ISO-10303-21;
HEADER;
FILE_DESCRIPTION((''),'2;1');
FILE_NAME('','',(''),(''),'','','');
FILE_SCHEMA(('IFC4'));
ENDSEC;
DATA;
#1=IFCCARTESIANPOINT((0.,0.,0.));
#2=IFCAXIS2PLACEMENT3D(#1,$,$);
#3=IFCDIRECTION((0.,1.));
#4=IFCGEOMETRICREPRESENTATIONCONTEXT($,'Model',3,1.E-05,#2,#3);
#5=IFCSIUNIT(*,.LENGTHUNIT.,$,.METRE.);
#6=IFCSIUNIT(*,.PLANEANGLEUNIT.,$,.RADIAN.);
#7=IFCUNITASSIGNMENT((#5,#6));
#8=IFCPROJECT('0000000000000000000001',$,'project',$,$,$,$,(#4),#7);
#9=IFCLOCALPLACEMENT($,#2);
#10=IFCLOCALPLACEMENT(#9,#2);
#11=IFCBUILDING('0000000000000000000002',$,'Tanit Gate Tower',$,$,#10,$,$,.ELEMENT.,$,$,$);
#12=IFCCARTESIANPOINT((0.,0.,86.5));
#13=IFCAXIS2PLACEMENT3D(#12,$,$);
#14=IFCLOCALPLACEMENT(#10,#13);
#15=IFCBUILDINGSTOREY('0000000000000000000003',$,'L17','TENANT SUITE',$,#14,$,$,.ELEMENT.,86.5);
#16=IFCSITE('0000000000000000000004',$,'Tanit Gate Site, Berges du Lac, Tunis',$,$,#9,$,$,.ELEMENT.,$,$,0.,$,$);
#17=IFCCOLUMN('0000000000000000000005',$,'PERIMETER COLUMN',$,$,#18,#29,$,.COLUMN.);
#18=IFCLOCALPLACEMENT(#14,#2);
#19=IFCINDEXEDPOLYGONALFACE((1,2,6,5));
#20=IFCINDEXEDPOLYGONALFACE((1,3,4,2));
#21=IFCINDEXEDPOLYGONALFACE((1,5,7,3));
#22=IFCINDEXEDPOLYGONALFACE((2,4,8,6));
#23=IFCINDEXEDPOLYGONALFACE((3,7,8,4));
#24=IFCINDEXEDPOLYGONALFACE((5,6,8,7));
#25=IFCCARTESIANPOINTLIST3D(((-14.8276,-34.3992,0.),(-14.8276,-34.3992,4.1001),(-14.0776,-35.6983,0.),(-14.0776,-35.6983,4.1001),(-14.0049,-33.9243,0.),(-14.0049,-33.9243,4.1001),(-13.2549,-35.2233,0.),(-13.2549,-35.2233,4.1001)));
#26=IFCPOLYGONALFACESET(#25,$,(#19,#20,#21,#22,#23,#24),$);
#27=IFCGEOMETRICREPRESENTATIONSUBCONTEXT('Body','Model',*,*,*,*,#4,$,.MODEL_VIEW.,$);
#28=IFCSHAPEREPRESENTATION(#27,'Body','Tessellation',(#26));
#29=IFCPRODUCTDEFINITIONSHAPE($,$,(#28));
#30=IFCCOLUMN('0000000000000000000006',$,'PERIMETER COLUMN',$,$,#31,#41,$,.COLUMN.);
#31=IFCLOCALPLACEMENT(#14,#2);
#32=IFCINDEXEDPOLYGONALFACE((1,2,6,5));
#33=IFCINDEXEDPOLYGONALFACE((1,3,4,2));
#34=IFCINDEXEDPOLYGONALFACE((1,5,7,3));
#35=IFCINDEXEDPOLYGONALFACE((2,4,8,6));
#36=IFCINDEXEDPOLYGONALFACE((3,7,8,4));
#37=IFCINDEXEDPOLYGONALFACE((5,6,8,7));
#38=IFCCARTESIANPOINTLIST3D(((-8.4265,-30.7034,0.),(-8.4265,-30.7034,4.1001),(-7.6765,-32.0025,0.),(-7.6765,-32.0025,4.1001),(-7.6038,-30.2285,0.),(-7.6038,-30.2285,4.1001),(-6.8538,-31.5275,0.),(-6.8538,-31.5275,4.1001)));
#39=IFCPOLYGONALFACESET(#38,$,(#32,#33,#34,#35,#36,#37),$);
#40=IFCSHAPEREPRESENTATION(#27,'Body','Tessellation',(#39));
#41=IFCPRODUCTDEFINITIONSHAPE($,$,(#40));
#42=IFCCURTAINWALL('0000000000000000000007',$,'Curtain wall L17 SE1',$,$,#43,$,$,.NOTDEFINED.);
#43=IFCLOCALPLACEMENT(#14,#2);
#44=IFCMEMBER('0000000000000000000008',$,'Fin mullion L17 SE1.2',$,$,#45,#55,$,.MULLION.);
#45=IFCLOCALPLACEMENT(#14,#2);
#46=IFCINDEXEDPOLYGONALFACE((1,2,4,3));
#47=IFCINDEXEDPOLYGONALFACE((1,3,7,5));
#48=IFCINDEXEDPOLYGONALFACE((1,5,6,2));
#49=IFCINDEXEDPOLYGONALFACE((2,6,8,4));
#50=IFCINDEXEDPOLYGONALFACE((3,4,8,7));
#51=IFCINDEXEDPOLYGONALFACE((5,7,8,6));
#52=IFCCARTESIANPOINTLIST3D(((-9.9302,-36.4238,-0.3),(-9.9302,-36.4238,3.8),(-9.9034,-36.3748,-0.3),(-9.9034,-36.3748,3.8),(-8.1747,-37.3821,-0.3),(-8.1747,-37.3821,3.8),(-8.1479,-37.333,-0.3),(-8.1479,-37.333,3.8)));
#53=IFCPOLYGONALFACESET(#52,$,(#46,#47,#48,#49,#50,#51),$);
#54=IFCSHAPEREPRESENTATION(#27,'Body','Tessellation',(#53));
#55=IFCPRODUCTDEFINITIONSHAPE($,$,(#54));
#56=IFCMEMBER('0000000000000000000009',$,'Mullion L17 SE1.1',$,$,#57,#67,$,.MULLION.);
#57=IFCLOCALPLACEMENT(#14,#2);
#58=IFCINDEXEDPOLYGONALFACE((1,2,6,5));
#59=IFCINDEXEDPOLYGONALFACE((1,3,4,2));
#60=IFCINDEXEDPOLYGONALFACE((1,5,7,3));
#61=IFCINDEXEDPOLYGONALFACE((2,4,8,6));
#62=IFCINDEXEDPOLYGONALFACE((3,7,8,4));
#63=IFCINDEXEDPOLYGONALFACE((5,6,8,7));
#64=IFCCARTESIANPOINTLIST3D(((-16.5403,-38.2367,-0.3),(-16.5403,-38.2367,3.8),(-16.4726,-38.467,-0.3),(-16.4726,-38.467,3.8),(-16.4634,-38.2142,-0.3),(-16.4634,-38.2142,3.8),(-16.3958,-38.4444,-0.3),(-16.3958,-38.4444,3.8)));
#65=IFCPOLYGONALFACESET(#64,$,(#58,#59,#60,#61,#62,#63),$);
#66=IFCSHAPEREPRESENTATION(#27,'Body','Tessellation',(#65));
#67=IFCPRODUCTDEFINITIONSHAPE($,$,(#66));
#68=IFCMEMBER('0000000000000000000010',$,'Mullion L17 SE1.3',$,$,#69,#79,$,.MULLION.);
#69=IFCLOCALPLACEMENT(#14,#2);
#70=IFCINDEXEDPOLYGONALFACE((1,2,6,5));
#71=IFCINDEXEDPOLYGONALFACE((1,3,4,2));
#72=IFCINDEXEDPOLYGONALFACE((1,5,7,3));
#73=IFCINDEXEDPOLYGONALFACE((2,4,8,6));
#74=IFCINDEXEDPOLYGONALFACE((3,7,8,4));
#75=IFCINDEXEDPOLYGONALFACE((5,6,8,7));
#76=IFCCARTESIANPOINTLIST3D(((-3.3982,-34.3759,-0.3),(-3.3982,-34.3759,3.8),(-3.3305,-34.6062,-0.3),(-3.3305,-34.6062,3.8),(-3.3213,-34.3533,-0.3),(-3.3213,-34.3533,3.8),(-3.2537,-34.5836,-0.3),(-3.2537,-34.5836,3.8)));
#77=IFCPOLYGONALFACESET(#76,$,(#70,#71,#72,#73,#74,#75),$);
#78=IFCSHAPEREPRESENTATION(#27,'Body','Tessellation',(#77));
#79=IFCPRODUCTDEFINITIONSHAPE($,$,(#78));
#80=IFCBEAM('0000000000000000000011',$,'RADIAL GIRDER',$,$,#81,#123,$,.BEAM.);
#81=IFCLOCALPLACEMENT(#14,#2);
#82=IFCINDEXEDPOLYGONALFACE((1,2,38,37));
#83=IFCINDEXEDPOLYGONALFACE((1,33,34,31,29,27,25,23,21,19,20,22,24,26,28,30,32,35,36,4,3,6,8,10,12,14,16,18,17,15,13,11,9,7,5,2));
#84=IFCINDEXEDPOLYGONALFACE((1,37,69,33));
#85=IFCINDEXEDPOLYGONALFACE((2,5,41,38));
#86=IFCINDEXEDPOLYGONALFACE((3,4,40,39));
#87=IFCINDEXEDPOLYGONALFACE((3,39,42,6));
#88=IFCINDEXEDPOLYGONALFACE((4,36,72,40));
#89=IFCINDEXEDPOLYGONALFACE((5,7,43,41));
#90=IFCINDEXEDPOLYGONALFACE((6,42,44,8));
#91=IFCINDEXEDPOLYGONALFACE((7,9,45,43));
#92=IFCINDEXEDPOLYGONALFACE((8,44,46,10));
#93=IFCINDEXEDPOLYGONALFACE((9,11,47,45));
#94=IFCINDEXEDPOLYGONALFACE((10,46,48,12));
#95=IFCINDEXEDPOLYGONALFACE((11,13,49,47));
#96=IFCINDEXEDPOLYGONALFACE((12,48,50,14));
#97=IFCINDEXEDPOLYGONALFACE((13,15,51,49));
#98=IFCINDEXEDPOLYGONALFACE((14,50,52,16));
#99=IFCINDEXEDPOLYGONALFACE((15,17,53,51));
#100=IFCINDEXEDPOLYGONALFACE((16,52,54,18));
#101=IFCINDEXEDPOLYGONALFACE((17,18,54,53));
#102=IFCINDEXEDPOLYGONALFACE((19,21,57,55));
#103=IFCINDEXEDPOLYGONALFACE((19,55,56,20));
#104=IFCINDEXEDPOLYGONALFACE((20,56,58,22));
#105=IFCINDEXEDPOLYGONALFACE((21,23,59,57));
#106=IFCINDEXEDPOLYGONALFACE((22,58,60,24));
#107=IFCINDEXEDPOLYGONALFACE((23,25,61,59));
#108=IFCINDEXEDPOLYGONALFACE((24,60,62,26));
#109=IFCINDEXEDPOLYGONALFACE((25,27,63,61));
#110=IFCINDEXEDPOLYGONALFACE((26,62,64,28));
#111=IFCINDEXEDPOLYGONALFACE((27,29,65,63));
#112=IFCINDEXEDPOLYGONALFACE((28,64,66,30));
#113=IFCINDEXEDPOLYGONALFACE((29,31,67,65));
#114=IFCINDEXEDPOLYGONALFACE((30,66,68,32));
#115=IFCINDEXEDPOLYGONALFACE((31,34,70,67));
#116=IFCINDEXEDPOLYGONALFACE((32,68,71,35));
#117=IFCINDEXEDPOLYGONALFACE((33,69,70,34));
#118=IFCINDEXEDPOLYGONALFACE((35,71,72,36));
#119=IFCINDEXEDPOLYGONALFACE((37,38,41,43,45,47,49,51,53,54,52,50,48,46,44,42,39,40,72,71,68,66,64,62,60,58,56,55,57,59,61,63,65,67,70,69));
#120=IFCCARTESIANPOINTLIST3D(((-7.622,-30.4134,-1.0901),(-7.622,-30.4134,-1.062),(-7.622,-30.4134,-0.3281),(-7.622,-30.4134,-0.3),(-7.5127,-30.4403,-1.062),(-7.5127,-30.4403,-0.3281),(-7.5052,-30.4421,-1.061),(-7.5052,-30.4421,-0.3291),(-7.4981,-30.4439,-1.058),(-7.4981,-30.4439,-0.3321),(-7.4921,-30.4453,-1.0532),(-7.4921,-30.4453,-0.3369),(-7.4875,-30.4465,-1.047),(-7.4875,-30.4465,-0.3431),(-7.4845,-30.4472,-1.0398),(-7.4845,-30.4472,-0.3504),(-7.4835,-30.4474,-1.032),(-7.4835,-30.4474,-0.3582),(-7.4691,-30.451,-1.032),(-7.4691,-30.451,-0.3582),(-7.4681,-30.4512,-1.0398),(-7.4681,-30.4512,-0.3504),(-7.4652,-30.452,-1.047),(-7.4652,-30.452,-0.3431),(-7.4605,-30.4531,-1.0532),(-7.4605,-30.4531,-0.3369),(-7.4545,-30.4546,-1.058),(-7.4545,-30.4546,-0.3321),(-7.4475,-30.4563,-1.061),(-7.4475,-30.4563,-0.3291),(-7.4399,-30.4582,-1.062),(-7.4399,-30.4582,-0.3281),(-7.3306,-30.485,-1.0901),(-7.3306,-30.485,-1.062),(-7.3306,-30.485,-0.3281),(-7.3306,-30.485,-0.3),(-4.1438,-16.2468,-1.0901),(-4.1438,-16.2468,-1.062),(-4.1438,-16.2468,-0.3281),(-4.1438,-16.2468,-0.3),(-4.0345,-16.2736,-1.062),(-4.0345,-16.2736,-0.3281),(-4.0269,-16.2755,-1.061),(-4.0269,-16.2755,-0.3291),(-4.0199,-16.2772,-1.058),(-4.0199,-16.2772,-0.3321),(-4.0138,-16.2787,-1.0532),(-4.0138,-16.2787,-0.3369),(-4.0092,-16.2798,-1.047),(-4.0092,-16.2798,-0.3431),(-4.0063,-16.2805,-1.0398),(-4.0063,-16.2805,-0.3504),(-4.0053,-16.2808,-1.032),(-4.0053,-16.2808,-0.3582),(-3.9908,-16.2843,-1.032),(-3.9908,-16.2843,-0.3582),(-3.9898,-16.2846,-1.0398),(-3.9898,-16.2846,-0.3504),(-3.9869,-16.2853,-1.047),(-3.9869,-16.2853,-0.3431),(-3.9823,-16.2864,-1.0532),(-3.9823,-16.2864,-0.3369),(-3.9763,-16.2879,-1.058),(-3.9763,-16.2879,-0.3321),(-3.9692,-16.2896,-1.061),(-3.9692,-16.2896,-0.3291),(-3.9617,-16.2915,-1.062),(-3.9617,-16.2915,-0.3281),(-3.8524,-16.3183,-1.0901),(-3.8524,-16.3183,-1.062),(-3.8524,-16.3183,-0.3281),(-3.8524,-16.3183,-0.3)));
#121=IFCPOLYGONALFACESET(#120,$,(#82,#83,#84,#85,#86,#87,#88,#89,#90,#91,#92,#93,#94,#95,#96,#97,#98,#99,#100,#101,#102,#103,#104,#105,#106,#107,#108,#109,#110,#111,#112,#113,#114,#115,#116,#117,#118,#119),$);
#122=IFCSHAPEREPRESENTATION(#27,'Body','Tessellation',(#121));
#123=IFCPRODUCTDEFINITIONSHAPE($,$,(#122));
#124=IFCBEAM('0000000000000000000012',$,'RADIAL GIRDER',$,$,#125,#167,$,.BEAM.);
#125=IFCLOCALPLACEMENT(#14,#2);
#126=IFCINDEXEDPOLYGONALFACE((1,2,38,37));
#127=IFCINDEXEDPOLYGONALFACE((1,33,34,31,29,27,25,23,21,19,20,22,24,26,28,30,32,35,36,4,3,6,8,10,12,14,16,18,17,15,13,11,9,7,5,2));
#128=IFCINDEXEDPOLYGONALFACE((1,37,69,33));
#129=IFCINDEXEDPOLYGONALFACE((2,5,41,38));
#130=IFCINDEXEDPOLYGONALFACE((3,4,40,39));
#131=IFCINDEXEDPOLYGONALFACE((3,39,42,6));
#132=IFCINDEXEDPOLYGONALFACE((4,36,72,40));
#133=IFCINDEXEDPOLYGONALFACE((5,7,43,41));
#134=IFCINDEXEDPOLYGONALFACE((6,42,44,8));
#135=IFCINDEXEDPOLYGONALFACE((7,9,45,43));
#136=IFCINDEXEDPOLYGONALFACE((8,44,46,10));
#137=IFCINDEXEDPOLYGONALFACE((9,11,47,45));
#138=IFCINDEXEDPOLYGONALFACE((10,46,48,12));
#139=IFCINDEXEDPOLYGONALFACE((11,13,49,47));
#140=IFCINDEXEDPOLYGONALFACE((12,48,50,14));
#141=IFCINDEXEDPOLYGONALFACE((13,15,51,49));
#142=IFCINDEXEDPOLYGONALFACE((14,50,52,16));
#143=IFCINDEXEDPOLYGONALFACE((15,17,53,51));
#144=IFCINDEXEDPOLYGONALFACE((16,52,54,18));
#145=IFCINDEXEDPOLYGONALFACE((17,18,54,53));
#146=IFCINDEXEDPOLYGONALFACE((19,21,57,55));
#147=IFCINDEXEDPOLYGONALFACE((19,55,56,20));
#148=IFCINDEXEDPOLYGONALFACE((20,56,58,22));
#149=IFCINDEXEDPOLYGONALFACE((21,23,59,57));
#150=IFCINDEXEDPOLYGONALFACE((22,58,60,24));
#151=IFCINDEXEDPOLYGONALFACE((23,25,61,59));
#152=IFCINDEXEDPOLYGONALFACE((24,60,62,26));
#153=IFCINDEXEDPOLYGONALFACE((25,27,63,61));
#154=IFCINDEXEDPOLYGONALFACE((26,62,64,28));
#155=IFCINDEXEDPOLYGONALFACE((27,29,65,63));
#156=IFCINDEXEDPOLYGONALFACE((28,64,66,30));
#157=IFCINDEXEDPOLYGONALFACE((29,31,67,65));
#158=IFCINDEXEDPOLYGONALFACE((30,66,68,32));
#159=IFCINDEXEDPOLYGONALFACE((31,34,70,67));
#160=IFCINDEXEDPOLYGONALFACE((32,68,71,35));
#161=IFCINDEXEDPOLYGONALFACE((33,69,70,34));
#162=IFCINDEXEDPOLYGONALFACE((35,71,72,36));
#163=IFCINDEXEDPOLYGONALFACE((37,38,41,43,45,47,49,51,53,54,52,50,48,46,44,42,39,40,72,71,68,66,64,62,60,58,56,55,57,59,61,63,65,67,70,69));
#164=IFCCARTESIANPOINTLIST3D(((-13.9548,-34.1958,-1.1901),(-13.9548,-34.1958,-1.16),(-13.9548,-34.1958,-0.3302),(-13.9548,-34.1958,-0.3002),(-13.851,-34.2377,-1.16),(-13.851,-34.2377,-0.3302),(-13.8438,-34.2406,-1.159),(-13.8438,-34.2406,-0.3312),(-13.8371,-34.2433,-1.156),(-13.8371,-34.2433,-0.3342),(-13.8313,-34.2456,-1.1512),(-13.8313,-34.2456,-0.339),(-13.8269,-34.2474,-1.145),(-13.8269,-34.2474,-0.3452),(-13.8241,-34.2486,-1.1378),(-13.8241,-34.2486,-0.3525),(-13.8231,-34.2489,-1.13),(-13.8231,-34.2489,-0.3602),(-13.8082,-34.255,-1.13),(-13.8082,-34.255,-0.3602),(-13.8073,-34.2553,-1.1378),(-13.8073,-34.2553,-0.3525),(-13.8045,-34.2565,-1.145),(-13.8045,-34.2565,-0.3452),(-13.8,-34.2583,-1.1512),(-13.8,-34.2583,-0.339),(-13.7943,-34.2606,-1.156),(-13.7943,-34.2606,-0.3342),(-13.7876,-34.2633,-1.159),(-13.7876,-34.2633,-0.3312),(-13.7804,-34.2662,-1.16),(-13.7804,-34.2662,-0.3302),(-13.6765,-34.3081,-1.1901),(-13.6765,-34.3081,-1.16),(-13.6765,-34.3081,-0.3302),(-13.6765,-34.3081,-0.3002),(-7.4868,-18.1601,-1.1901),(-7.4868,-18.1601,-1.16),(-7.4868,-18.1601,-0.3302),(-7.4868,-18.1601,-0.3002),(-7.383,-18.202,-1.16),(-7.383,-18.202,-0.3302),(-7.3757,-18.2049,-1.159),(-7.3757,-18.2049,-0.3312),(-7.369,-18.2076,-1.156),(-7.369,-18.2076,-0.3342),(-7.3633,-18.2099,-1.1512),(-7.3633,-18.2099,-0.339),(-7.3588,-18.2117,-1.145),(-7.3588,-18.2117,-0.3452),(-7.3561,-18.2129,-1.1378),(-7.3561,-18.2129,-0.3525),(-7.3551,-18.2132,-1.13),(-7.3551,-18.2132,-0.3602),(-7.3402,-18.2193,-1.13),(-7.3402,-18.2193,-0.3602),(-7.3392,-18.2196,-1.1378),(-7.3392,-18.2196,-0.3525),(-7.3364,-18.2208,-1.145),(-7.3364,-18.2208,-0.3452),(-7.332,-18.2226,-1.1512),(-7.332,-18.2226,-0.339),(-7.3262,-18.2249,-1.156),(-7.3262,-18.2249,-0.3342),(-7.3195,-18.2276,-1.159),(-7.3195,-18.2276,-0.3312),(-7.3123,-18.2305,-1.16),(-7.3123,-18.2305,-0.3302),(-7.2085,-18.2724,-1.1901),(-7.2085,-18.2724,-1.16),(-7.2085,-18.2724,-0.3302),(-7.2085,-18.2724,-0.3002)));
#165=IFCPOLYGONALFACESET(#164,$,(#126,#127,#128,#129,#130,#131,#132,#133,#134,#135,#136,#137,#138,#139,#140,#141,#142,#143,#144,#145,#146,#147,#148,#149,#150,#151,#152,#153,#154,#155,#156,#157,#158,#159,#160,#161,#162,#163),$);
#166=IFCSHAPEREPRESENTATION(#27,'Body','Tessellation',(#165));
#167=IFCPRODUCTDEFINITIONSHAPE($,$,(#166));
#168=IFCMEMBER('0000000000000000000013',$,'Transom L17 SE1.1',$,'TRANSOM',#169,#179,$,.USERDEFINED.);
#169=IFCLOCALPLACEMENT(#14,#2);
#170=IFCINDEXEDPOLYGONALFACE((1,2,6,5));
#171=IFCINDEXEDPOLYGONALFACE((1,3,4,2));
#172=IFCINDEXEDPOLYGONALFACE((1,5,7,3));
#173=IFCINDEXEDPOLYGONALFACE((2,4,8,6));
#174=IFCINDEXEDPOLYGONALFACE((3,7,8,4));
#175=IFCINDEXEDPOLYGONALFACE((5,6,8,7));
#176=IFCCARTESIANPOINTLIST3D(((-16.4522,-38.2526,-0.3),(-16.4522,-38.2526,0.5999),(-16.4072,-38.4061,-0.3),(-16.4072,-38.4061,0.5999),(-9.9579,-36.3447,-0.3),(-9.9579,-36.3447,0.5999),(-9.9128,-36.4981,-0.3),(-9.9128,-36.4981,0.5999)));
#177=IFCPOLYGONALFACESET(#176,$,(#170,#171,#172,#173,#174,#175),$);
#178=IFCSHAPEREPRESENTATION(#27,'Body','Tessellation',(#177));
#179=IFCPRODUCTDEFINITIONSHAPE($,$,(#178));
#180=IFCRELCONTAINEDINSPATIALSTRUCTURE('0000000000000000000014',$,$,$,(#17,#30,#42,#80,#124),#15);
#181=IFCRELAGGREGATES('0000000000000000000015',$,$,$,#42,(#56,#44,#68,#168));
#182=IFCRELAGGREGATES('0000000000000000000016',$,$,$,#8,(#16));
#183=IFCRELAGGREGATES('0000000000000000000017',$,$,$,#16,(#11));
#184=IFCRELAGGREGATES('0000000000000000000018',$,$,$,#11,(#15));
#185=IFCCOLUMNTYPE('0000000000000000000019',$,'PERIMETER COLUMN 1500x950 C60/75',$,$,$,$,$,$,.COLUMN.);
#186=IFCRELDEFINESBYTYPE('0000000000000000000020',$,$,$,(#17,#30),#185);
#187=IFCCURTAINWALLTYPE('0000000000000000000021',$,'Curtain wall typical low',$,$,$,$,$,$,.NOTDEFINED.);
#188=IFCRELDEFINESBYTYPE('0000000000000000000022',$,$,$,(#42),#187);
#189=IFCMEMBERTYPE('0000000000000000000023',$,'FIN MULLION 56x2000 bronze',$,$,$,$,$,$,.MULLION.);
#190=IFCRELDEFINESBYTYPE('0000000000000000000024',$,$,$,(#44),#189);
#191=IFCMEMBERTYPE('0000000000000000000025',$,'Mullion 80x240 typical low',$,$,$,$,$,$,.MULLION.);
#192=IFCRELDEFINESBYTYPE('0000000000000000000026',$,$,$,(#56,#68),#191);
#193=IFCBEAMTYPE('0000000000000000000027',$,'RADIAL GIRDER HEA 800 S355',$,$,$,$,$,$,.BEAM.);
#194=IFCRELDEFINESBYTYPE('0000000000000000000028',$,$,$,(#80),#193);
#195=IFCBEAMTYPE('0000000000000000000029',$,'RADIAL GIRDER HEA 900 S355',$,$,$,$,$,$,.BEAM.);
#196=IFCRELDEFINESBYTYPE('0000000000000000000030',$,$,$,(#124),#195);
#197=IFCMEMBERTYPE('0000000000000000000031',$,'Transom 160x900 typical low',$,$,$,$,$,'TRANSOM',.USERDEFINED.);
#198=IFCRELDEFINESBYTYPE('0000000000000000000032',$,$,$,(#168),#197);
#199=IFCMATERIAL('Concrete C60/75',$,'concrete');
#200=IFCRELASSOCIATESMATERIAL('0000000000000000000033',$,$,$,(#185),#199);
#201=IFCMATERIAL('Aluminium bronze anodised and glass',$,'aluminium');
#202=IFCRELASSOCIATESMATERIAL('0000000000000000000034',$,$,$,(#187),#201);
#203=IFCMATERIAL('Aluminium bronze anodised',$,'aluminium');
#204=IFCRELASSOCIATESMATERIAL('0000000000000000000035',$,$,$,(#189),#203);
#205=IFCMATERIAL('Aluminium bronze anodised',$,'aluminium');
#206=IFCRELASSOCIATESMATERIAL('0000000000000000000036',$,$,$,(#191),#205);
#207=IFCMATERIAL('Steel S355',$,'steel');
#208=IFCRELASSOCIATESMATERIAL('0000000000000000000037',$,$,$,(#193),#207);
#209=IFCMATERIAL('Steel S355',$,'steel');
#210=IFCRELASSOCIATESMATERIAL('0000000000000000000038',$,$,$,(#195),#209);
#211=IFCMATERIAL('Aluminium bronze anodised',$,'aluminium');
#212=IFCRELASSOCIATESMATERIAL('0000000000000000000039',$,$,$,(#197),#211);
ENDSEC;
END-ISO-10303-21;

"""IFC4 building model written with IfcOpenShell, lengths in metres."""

from ifc_helpers import new_model, si_unit, direction, frame, origin, origin_2d, place, context, subcontext, project, spatial, rectangle, i_section, extrude, material, material_profile, profile_set, type_object, element, aggregate, save


model = new_model("IFC4")

# Units and contexts
model_context = context("Model", 3, precision=1e-05, world=origin(), true_north=direction((0.0, 1.0)))
body_context = subcontext(model_context, "Body", "Model", "MODEL_VIEW")
ifc_project = project(units=[si_unit("LENGTHUNIT", "METRE"), si_unit("PLANEANGLEUNIT", "RADIAN")], contexts=[model_context])

# Site, building, storey
site_placement = place(None, origin())
site = spatial("IfcSite", under=ifc_project, at=site_placement, Name="Tanit Gate Site, Berges du Lac, Tunis", CompositionType="ELEMENT", RefElevation=0.0)
building_placement = place(site_placement, origin())
building = spatial("IfcBuilding", under=site, at=building_placement, Name="Tanit Gate Tower", CompositionType="ELEMENT")
storey_placement = place(building_placement, frame((0.0, 0.0, 86.5)))
storey = spatial("IfcBuildingStorey", under=building, at=storey_placement, Name="L17", Description="TENANT SUITE", CompositionType="ELEMENT", Elevation=86.5)

# Columns
ifc_material_1 = material(Name="Concrete C60/75", Category="concrete")
ifc_material_profile_1 = material_profile(ifc_material_1, rectangle(XDim=1.5, YDim=0.95, at=origin_2d()), Name="RC 1500x950")
ifc_profile_set_1 = profile_set([ifc_material_profile_1], Name="Concrete C60/75")
column_type = type_object("IfcColumnType", Name="PERIMETER COLUMN 1500x950 C60/75", PredefinedType="COLUMN", material=ifc_profile_set_1)
for number, where, z_axis, x_axis, name in (
    (1, (-14.0413, -34.8113, 0.0), (0.0, 0.0, 1.0), (0.5, -0.866025, 0.0), "PERIMETER COLUMN"),
    (2, (-7.6401, -31.1155, 0.0), (0.0, 0.0, 1.0), (0.5, -0.866025, 0.0), "PERIMETER COLUMN"),
):
    element("IfcColumn", number, at=place(storey_placement, frame(where, z_axis=z_axis, x_axis=x_axis)), inside=storey, type_object=column_type, Name=name, PredefinedType="COLUMN", context=body_context, shape_type="SweptSolid", body=[
        extrude(rectangle(XDim=1.5, YDim=0.95, at=origin_2d()), origin(), (0.0, 0.0, 1.0), 4.1001),
    ])

# Curtain wall, members
ifc_material_2 = material(Name="Aluminium bronze anodised and glass", Category="aluminium")
curtain_wall_type = type_object("IfcCurtainWallType", Name="Curtain wall typical low", PredefinedType="NOTDEFINED", material=ifc_material_2)
curtain_wall_1_placement = place(storey_placement, origin())
curtain_wall_1 = element("IfcCurtainWall", 3, at=curtain_wall_1_placement, inside=storey, type_object=curtain_wall_type, Name="Curtain wall L17 SE1", PredefinedType="NOTDEFINED")
ifc_material_3 = material(Name="Aluminium bronze anodised", Category="aluminium")
ifc_material_profile_2 = material_profile(ifc_material_3, rectangle(XDim=2.0, YDim=0.0559, at=origin_2d()), Name="56x2000 bronze fin mullion")
ifc_profile_set_2 = profile_set([ifc_material_profile_2], Name="Aluminium bronze anodised")
member_type_1 = type_object("IfcMemberType", Name="FIN MULLION 56x2000 bronze", PredefinedType="MULLION", material=ifc_profile_set_2)
member_1_placement = place(storey_placement, frame((-9.0391, -36.8784, -0.3), z_axis=(0.0, 0.0, 1.0), x_axis=(-0.877748, 0.479122, 0.0)))
member_1 = element("IfcMember", 4, at=member_1_placement, type_object=member_type_1, Name="Fin mullion L17 SE1.2", PredefinedType="MULLION", context=body_context, shape_type="SweptSolid", body=[
    extrude(rectangle(XDim=2.0, YDim=0.0559, at=origin_2d()), origin(), (0.0, 0.0, 1.0), 4.1001),
])
ifc_material_4 = material(Name="Aluminium bronze anodised", Category="aluminium")
ifc_material_profile_3 = material_profile(ifc_material_4, rectangle(XDim=0.24, YDim=0.0801, at=origin_2d()), Name="80x240 bronze mullion")
ifc_profile_set_3 = profile_set([ifc_material_profile_3], Name="Aluminium bronze anodised")
member_type_2 = type_object("IfcMemberType", Name="Mullion 80x240 typical low", PredefinedType="MULLION", material=ifc_profile_set_3)
member_2_placement = place(storey_placement, frame((-16.468, -38.3406, -0.3), z_axis=(0.0, 0.0, 1.0), x_axis=(-0.281871, 0.959452, 0.0)))
member_2 = element("IfcMember", 5, at=member_2_placement, type_object=member_type_2, Name="Mullion L17 SE1.1", PredefinedType="MULLION", context=body_context, shape_type="SweptSolid", body=[
    extrude(rectangle(XDim=0.24, YDim=0.0801, at=origin_2d()), origin(), (0.0, 0.0, 1.0), 4.1001),
])
member_3_placement = place(storey_placement, frame((-3.3259, -34.4797, -0.3), z_axis=(0.0, 0.0, 1.0), x_axis=(-0.281871, 0.959452, 0.0)))
member_3 = element("IfcMember", 6, at=member_3_placement, type_object=member_type_2, Name="Mullion L17 SE1.3", PredefinedType="MULLION", context=body_context, shape_type="SweptSolid", body=[
    extrude(rectangle(XDim=0.24, YDim=0.0801, at=origin_2d()), origin(), (0.0, 0.0, 1.0), 4.1001),
])

# Beams
ifc_material_5 = material(Name="Steel S355", Category="steel")
ifc_material_profile_4 = material_profile(ifc_material_5, i_section(OverallWidth=0.3, OverallDepth=0.79, WebThickness=0.0149, FlangeThickness=0.0281, FilletRadius=0.03, at=origin_2d()), Name="HEA 800")
ifc_profile_set_4 = profile_set([ifc_material_profile_4], Name="Steel S355")
beam_type_1 = type_object("IfcBeamType", Name="RADIAL GIRDER HEA 800 S355", PredefinedType="BEAM", material=ifc_profile_set_4)
beam_1_placement = place(storey_placement, frame((-7.4763, -30.4492, -0.6951), z_axis=(0.238442, 0.971157, 0.0), x_axis=(-0.971157, 0.238442, 0.0)))
element("IfcBeam", 7, at=beam_1_placement, inside=storey, type_object=beam_type_1, Name="RADIAL GIRDER", PredefinedType="BEAM", context=body_context, shape_type="SweptSolid", body=[
    extrude(i_section(OverallWidth=0.3, OverallDepth=0.79, WebThickness=0.0149, FlangeThickness=0.0281, FilletRadius=0.03, at=origin_2d()), origin(), (0.0, 0.0, 1.0), 14.5874),
])
ifc_material_6 = material(Name="Steel S355", Category="steel")
ifc_material_profile_5 = material_profile(ifc_material_6, i_section(OverallWidth=0.3, OverallDepth=0.8899, WebThickness=0.0161, FlangeThickness=0.03, FilletRadius=0.03, at=origin_2d()), Name="HEA 900")
ifc_profile_set_5 = profile_set([ifc_material_profile_5], Name="Steel S355")
beam_type_2 = type_object("IfcBeamType", Name="RADIAL GIRDER HEA 900 S355", PredefinedType="BEAM", material=ifc_profile_set_5)
beam_2_placement = place(storey_placement, frame((-13.8157, -34.252, -0.7451), z_axis=(0.374069, 0.927401, 0.0), x_axis=(-0.927401, 0.374069, 0.0)))
element("IfcBeam", 8, at=beam_2_placement, inside=storey, type_object=beam_type_2, Name="RADIAL GIRDER", PredefinedType="BEAM", context=body_context, shape_type="SweptSolid", body=[
    extrude(i_section(OverallWidth=0.3, OverallDepth=0.8899, WebThickness=0.0161, FlangeThickness=0.03, FilletRadius=0.03, at=origin_2d()), origin(), (0.0, 0.0, 1.0), 17.291),
])

# Member
ifc_material_7 = material(Name="Aluminium bronze anodised", Category="aluminium")
ifc_material_profile_6 = material_profile(ifc_material_7, rectangle(XDim=0.1599, YDim=0.8999, at=origin_2d()), Name="160x900 bronze transom")
ifc_profile_set_6 = profile_set([ifc_material_profile_6], Name="Aluminium bronze anodised")
member_type_3 = type_object("IfcMemberType", Name="Transom 160x900 typical low", ElementType="TRANSOM", PredefinedType="USERDEFINED", material=ifc_profile_set_6)
member_4_placement = place(storey_placement, frame((-16.4297, -38.3293, 0.1499), z_axis=(0.959452, 0.281873, 0.0), x_axis=(-0.281873, 0.959452, 0.0)))
member_4 = element("IfcMember", 9, at=member_4_placement, type_object=member_type_3, Name="Transom L17 SE1.1", ObjectType="TRANSOM", PredefinedType="USERDEFINED", context=body_context, shape_type="SweptSolid", body=[
    extrude(rectangle(XDim=0.1599, YDim=0.8999, at=origin_2d()), origin(), (0.0, 0.0, 1.0), 6.7688),
])

aggregate(curtain_wall_1, [member_2, member_1, member_3, member_4])

save(model, "model.ifc")
